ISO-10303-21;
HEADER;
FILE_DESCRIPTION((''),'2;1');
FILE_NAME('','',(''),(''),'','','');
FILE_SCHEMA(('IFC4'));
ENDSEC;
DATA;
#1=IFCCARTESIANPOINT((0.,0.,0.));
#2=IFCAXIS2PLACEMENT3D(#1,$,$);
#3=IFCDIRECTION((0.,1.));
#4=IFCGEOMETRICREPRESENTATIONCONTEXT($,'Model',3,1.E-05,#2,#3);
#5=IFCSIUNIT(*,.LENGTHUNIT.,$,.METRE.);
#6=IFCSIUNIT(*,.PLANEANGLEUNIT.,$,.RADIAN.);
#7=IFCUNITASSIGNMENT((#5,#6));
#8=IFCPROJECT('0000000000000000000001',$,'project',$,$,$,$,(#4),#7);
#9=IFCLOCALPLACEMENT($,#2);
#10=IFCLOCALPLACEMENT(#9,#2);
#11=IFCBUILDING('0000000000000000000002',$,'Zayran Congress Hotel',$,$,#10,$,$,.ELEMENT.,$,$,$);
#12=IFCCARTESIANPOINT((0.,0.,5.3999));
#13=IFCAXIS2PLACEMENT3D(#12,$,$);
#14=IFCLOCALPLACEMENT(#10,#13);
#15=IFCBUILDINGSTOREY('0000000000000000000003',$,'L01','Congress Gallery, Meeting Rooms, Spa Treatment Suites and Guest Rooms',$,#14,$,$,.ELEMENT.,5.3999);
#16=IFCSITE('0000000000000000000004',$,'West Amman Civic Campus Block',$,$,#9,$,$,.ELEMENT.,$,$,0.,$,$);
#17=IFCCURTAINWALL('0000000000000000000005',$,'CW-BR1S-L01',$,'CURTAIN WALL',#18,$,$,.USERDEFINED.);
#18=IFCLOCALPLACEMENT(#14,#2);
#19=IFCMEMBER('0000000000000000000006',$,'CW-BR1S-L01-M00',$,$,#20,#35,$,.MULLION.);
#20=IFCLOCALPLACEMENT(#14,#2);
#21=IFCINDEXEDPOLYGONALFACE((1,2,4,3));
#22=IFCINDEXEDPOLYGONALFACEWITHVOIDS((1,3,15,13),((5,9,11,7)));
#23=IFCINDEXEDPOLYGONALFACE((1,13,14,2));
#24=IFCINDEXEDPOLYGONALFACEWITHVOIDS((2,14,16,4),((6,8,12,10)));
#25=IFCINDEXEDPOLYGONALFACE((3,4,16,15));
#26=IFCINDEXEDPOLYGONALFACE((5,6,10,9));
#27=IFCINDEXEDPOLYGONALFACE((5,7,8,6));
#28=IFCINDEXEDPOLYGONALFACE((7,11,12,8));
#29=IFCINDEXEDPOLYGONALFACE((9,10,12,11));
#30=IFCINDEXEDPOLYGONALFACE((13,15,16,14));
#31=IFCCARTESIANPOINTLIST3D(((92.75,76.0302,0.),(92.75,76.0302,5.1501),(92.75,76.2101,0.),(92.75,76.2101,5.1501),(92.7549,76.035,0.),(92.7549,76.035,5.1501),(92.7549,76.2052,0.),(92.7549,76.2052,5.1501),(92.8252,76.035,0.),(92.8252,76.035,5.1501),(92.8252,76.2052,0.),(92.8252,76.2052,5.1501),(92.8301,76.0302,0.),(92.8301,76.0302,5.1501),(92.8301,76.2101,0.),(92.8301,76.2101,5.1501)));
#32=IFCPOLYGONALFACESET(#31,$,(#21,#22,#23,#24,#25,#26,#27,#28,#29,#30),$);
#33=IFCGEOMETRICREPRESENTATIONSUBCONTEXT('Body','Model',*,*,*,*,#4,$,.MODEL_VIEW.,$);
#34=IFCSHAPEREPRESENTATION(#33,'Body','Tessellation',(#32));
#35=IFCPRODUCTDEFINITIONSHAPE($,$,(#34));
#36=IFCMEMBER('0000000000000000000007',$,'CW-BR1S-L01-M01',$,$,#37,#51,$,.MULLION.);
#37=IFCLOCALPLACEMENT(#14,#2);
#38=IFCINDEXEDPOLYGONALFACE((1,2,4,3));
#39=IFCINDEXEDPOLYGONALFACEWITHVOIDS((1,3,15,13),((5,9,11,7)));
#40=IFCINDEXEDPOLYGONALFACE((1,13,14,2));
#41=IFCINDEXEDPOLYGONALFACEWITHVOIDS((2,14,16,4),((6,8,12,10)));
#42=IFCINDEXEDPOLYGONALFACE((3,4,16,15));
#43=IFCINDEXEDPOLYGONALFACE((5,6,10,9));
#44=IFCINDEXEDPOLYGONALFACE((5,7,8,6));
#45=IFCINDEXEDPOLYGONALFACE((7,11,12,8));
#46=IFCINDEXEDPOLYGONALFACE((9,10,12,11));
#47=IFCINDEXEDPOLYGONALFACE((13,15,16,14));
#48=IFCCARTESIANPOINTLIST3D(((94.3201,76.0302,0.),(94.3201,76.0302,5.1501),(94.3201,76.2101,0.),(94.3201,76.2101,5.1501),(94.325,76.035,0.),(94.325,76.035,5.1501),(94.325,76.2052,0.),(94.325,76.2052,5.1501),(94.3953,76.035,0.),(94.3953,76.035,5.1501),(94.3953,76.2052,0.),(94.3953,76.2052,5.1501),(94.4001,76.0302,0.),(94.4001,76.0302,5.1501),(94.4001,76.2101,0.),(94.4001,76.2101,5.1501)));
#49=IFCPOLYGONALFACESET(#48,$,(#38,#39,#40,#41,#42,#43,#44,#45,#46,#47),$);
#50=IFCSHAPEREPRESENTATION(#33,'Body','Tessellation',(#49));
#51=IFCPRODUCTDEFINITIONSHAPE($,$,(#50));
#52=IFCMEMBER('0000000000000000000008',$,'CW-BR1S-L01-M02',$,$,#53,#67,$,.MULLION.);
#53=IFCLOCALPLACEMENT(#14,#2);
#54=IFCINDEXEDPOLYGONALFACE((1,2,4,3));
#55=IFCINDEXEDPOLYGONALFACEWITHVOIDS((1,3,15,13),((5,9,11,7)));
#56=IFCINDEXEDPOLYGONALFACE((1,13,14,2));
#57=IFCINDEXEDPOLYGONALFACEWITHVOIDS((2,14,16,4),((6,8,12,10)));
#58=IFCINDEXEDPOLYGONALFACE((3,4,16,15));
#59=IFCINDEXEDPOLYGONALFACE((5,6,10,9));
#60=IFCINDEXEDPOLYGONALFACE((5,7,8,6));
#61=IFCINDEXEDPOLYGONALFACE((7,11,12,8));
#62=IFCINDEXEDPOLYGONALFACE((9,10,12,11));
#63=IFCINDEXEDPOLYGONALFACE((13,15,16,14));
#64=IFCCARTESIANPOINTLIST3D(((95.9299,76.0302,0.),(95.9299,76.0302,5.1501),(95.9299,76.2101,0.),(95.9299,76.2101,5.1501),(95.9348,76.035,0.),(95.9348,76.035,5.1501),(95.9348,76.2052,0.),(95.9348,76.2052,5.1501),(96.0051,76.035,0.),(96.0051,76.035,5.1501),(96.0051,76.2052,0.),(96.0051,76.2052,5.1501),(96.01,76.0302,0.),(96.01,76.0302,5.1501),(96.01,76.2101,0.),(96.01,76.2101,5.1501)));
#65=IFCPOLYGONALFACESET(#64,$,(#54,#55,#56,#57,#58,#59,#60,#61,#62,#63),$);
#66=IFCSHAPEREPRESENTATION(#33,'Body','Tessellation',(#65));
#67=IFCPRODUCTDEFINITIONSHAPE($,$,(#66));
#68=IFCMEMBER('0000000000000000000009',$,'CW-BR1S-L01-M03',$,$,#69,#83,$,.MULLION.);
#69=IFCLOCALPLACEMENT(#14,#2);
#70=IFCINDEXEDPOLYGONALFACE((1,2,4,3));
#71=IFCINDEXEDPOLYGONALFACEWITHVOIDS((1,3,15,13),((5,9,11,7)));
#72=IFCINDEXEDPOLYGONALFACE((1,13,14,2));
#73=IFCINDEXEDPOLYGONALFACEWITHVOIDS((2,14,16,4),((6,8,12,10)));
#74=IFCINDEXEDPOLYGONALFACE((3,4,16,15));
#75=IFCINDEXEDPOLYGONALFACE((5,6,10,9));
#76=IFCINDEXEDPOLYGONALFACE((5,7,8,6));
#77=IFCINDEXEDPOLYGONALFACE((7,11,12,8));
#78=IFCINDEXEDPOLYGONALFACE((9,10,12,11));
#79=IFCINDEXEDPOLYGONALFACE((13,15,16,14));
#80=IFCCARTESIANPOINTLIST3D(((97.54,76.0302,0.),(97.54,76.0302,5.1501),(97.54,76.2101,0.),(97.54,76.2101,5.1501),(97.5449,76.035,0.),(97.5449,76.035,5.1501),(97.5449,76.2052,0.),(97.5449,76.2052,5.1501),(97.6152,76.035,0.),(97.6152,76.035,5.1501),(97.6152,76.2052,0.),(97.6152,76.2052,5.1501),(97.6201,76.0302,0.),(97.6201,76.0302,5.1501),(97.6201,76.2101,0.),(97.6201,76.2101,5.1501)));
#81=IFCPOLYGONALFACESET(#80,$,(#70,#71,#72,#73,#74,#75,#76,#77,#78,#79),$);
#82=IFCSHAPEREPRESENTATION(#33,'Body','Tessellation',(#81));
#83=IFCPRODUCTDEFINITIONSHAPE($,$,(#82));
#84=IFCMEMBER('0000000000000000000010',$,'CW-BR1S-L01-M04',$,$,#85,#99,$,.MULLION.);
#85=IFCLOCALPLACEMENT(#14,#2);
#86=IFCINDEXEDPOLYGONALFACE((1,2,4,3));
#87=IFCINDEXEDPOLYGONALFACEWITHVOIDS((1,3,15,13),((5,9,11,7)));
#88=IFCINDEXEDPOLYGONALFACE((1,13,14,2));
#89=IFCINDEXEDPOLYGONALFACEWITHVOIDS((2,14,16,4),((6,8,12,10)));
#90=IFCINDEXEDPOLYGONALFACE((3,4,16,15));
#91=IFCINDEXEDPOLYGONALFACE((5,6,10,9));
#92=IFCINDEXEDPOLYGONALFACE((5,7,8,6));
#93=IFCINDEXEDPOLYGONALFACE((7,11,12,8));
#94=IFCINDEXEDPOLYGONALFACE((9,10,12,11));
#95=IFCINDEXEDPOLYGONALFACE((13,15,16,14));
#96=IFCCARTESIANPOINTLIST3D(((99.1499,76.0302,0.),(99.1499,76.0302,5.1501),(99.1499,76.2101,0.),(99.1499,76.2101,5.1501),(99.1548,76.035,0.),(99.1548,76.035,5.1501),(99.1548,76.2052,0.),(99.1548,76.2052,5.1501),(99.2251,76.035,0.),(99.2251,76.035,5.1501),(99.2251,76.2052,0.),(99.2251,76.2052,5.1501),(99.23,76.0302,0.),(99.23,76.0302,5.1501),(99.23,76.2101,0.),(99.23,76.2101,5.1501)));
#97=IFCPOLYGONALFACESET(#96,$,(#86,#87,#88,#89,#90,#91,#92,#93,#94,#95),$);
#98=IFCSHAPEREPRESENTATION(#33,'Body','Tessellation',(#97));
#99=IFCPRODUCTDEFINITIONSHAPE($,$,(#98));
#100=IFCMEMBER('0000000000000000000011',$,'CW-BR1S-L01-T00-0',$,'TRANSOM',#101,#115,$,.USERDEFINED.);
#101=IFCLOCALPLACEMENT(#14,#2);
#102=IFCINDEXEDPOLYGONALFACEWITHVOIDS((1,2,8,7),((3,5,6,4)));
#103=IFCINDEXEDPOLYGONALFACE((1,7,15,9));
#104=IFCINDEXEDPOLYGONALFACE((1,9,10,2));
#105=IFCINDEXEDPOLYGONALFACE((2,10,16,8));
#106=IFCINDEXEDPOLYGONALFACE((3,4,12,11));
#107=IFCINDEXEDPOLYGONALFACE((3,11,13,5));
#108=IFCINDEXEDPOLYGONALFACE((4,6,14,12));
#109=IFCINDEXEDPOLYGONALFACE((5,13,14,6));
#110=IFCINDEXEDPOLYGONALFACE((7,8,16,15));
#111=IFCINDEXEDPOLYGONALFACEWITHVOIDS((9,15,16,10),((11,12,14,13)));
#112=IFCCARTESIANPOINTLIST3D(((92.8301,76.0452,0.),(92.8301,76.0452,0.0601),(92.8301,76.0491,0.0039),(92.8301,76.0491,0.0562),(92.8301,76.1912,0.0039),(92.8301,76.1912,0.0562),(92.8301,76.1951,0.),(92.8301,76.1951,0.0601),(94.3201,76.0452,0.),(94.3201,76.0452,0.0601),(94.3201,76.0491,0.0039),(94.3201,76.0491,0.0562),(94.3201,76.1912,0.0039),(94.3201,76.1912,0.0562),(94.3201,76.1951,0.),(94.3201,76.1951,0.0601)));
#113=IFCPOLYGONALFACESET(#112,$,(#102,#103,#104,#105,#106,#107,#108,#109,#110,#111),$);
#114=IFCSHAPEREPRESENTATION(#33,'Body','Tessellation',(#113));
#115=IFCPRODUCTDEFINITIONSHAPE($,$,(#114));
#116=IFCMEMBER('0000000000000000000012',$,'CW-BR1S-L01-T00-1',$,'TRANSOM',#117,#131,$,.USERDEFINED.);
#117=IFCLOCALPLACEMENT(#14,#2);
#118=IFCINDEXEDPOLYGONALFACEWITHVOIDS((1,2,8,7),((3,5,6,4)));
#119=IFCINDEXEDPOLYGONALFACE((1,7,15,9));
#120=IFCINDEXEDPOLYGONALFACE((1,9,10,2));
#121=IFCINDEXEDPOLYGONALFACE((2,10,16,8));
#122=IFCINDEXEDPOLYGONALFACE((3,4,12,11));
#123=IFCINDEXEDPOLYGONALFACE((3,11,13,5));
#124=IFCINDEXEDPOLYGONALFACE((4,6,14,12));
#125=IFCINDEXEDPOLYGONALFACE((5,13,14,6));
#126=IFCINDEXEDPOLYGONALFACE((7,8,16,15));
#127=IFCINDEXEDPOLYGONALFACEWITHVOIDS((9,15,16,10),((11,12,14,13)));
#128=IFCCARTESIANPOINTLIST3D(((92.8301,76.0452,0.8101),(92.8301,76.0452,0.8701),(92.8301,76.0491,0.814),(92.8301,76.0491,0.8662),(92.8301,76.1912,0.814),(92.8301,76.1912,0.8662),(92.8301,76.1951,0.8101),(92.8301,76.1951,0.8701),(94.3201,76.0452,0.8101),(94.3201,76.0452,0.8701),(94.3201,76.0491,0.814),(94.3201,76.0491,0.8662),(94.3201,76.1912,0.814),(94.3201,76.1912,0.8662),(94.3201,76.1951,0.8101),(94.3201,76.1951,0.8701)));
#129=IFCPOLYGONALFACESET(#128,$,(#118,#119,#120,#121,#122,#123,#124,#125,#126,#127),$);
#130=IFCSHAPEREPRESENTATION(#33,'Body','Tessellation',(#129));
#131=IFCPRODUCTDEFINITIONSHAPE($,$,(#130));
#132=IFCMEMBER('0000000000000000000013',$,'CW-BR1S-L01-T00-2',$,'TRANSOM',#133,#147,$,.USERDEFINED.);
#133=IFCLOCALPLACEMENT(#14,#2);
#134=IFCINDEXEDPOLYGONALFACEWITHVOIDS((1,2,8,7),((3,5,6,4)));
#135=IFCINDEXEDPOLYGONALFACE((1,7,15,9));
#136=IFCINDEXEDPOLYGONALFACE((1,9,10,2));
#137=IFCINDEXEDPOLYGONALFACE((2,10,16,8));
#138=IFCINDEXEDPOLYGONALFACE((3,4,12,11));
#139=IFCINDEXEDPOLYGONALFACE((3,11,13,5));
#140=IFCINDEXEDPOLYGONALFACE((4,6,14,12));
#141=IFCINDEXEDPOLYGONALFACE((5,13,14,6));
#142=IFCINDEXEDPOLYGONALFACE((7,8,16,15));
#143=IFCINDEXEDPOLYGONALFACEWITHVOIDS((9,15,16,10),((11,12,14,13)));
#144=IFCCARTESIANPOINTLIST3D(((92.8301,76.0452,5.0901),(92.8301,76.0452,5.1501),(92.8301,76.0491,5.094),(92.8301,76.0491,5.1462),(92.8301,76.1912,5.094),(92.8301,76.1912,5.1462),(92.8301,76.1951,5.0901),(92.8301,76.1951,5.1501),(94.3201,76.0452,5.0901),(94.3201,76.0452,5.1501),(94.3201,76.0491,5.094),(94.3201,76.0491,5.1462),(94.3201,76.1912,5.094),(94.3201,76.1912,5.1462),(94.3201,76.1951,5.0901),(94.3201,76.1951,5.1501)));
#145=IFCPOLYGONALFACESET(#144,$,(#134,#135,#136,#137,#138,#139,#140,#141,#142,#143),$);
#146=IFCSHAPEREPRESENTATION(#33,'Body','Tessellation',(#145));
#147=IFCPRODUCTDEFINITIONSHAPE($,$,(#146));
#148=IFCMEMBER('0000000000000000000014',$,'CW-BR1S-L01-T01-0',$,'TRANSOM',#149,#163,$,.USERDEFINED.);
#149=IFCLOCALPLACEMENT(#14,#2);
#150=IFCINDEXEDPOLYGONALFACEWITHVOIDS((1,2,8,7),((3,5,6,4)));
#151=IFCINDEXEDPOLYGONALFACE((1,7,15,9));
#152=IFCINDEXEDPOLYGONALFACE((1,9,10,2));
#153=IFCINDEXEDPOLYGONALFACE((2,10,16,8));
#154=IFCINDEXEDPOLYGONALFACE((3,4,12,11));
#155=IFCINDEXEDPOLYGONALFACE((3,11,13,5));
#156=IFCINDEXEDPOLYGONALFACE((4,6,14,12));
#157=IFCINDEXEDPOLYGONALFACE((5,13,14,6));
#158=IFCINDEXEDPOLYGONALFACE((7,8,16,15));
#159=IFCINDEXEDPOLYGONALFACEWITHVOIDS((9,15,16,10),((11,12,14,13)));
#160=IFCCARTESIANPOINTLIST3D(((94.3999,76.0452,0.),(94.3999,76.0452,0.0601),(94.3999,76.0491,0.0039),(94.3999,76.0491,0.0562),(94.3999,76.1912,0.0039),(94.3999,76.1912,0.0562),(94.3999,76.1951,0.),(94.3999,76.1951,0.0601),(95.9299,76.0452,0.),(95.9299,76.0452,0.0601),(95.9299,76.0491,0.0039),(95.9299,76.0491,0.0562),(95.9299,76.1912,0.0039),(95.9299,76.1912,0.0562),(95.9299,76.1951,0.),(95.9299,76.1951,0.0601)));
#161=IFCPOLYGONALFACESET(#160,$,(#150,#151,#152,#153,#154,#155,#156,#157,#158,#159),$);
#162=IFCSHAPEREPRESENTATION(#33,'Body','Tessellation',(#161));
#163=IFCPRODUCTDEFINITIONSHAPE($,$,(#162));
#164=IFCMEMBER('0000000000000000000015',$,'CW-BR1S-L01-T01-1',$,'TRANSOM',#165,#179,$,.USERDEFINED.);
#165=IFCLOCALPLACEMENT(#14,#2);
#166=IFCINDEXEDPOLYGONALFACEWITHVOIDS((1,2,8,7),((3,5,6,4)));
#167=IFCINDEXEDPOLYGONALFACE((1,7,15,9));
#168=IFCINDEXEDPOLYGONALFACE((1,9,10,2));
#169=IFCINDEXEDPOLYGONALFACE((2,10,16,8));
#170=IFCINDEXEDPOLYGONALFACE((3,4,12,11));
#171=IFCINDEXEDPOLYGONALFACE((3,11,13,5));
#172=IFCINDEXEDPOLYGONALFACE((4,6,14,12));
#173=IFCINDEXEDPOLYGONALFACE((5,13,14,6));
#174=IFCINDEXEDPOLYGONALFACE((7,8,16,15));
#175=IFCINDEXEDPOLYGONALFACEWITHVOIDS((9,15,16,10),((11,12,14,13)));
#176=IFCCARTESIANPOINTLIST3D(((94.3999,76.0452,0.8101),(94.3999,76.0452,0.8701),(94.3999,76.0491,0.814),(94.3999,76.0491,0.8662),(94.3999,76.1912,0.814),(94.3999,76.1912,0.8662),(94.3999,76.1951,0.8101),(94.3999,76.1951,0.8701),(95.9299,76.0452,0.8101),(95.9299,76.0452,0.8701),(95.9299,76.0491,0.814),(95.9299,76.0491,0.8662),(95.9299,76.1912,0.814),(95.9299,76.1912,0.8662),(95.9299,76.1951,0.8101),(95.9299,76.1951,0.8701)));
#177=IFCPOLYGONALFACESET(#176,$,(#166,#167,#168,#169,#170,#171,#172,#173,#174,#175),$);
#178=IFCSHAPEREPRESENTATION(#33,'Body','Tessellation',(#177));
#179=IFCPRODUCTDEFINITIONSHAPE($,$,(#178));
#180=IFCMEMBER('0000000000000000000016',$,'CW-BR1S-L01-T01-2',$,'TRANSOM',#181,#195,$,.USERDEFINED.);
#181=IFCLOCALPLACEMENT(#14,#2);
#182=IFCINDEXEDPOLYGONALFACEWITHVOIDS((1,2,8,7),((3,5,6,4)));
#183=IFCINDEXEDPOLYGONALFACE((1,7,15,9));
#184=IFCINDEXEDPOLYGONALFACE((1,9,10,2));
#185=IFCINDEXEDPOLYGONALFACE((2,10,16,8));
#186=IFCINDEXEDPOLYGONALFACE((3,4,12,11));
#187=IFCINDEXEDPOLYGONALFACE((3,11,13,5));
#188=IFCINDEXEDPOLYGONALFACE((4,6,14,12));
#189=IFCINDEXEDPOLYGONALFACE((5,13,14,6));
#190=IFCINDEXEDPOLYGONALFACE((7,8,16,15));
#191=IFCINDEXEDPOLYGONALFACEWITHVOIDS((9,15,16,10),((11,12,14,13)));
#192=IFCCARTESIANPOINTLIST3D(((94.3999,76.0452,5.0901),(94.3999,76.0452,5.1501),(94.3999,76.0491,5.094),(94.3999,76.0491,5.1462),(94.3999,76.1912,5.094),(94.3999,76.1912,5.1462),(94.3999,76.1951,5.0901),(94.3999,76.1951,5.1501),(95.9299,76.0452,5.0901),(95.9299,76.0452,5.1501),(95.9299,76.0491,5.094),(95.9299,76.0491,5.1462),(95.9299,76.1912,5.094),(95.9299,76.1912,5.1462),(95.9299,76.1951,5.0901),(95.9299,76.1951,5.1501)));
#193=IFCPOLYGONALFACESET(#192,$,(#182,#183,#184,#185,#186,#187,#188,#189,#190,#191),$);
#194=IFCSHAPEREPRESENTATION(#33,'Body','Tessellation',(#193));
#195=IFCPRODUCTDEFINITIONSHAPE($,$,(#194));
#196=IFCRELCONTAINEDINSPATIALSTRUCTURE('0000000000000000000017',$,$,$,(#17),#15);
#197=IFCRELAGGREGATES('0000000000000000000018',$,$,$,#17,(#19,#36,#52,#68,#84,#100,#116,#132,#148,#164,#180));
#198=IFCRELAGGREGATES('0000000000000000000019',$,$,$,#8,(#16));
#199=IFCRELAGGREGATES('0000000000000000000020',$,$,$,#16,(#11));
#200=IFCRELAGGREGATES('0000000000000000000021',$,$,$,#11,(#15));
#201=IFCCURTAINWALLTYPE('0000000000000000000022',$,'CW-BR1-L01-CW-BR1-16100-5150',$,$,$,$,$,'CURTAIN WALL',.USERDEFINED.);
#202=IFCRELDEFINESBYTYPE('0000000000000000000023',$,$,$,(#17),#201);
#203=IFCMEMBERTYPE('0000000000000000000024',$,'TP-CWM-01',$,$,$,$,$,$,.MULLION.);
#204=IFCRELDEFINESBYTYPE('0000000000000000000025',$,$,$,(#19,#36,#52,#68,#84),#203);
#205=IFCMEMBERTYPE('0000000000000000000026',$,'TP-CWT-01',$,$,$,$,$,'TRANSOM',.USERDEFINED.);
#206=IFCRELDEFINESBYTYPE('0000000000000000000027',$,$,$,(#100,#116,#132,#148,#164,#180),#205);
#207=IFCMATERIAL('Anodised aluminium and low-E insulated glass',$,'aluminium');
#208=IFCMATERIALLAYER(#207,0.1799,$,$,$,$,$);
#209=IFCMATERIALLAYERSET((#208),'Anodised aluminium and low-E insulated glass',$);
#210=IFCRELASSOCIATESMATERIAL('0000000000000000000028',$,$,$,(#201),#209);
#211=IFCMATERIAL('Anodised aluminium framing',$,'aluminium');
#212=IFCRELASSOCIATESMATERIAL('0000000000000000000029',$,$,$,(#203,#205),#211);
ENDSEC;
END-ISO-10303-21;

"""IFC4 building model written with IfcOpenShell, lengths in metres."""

from ifc_helpers import new_model, si_unit, direction, frame, origin, origin_2d, place, context, subcontext, project, spatial, hollow_rectangle, extrude, material, layer, layer_set, material_profile, profile_set, type_object, element, aggregate, save


model = new_model("IFC4")

# Units and contexts
model_context = context("Model", 3, precision=1e-05, world=origin(), true_north=direction((0.0, 1.0)))
body_context = subcontext(model_context, "Body", "Model", "MODEL_VIEW")
ifc_project = project(units=[si_unit("LENGTHUNIT", "METRE"), si_unit("PLANEANGLEUNIT", "RADIAN")], contexts=[model_context])

# Site, building, storey
site_placement = place(None, origin())
site = spatial("IfcSite", under=ifc_project, at=site_placement, Name="West Amman Civic Campus Block", CompositionType="ELEMENT", RefElevation=0.0)
building_placement = place(site_placement, origin())
building = spatial("IfcBuilding", under=site, at=building_placement, Name="Zayran Congress Hotel", CompositionType="ELEMENT")
storey_placement = place(building_placement, frame((0.0, 0.0, 5.3999)))
storey = spatial("IfcBuildingStorey", under=building, at=storey_placement, Name="L01", Description="Congress Gallery, Meeting Rooms, Spa Treatment Suites and Guest Rooms", CompositionType="ELEMENT", Elevation=5.3999)

# Curtain wall, members
ifc_material_1 = material(Name="Anodised aluminium and low-E insulated glass", Category="aluminium")
ifc_layer_1 = layer(ifc_material_1, 0.1799)
ifc_layer_set_1 = layer_set([ifc_layer_1], Name="Anodised aluminium and low-E insulated glass")
curtain_wall_type = type_object("IfcCurtainWallType", Name="CW-BR1-L01-CW-BR1-16100-5150", ElementType="CURTAIN WALL", PredefinedType="USERDEFINED", material=ifc_layer_set_1)
curtain_wall_placement = place(storey_placement, origin())
curtain_wall = element("IfcCurtainWall", 1, at=curtain_wall_placement, inside=storey, type_object=curtain_wall_type, Name="CW-BR1S-L01", ObjectType="CURTAIN WALL", PredefinedType="USERDEFINED")
ifc_material_2 = material(Name="Anodised aluminium framing", Category="aluminium")
ifc_material_profile_1 = material_profile(ifc_material_2, hollow_rectangle(XDim=0.0801, YDim=0.1799, WallThickness=0.0049, at=origin_2d()), Name="RHS 180x80x5")
ifc_profile_set_1 = profile_set([ifc_material_profile_1], Name="Anodised aluminium framing")
member_type_1 = type_object("IfcMemberType", Name="TP-CWM-01", PredefinedType="MULLION", material=ifc_profile_set_1)
member_1_placement = place(storey_placement, frame((92.79, 76.1201, 0.0), z_axis=(0.0, 0.0, 1.0), x_axis=(1.0, 0.0, 0.0)))
member_1 = element("IfcMember", 2, at=member_1_placement, type_object=member_type_1, Name="CW-BR1S-L01-M00", PredefinedType="MULLION", context=body_context, shape_type="SweptSolid", body=[
    extrude(hollow_rectangle(XDim=0.0801, YDim=0.1799, WallThickness=0.0049, at=origin_2d()), origin(), (0.0, 0.0, 1.0), 5.1501),
])
member_2_placement = place(storey_placement, frame((94.3601, 76.1201, 0.0), z_axis=(0.0, 0.0, 1.0), x_axis=(1.0, 0.0, 0.0)))
member_2 = element("IfcMember", 3, at=member_2_placement, type_object=member_type_1, Name="CW-BR1S-L01-M01", PredefinedType="MULLION", context=body_context, shape_type="SweptSolid", body=[
    extrude(hollow_rectangle(XDim=0.0801, YDim=0.1799, WallThickness=0.0049, at=origin_2d()), origin(), (0.0, 0.0, 1.0), 5.1501),
])
member_3_placement = place(storey_placement, frame((95.97, 76.1201, 0.0), z_axis=(0.0, 0.0, 1.0), x_axis=(1.0, 0.0, 0.0)))
member_3 = element("IfcMember", 4, at=member_3_placement, type_object=member_type_1, Name="CW-BR1S-L01-M02", PredefinedType="MULLION", context=body_context, shape_type="SweptSolid", body=[
    extrude(hollow_rectangle(XDim=0.0801, YDim=0.1799, WallThickness=0.0049, at=origin_2d()), origin(), (0.0, 0.0, 1.0), 5.1501),
])
member_4_placement = place(storey_placement, frame((97.5801, 76.1201, 0.0), z_axis=(0.0, 0.0, 1.0), x_axis=(1.0, 0.0, 0.0)))
member_4 = element("IfcMember", 5, at=member_4_placement, type_object=member_type_1, Name="CW-BR1S-L01-M03", PredefinedType="MULLION", context=body_context, shape_type="SweptSolid", body=[
    extrude(hollow_rectangle(XDim=0.0801, YDim=0.1799, WallThickness=0.0049, at=origin_2d()), origin(), (0.0, 0.0, 1.0), 5.1501),
])
member_5_placement = place(storey_placement, frame((99.1899, 76.1201, 0.0), z_axis=(0.0, 0.0, 1.0), x_axis=(1.0, 0.0, 0.0)))
member_5 = element("IfcMember", 6, at=member_5_placement, type_object=member_type_1, Name="CW-BR1S-L01-M04", PredefinedType="MULLION", context=body_context, shape_type="SweptSolid", body=[
    extrude(hollow_rectangle(XDim=0.0801, YDim=0.1799, WallThickness=0.0049, at=origin_2d()), origin(), (0.0, 0.0, 1.0), 5.1501),
])
ifc_material_profile_2 = material_profile(ifc_material_2, hollow_rectangle(XDim=0.0601, YDim=0.1499, WallThickness=0.0039, at=origin_2d()), Name="RHS 150x60x4")
ifc_profile_set_2 = profile_set([ifc_material_profile_2], Name="Anodised aluminium framing")
member_type_2 = type_object("IfcMemberType", Name="TP-CWT-01", ElementType="TRANSOM", PredefinedType="USERDEFINED", material=ifc_profile_set_2)
member_6_placement = place(storey_placement, frame((92.8301, 76.1201, 0.03), z_axis=(1.0, 0.0, 0.0), x_axis=(0.0, 0.0, 1.0)))
member_6 = element("IfcMember", 7, at=member_6_placement, type_object=member_type_2, Name="CW-BR1S-L01-T00-0", ObjectType="TRANSOM", PredefinedType="USERDEFINED", context=body_context, shape_type="SweptSolid", body=[
    extrude(hollow_rectangle(XDim=0.0601, YDim=0.1499, WallThickness=0.0039, at=origin_2d()), origin(), (0.0, 0.0, 1.0), 1.49),
])
member_7_placement = place(storey_placement, frame((92.8301, 76.1201, 0.8401), z_axis=(1.0, 0.0, 0.0), x_axis=(0.0, 0.0, 1.0)))
member_7 = element("IfcMember", 8, at=member_7_placement, type_object=member_type_2, Name="CW-BR1S-L01-T00-1", ObjectType="TRANSOM", PredefinedType="USERDEFINED", context=body_context, shape_type="SweptSolid", body=[
    extrude(hollow_rectangle(XDim=0.0601, YDim=0.1499, WallThickness=0.0039, at=origin_2d()), origin(), (0.0, 0.0, 1.0), 1.49),
])
member_8_placement = place(storey_placement, frame((92.8301, 76.1201, 5.1201), z_axis=(1.0, 0.0, 0.0), x_axis=(0.0, 0.0, 1.0)))
member_8 = element("IfcMember", 9, at=member_8_placement, type_object=member_type_2, Name="CW-BR1S-L01-T00-2", ObjectType="TRANSOM", PredefinedType="USERDEFINED", context=body_context, shape_type="SweptSolid", body=[
    extrude(hollow_rectangle(XDim=0.0601, YDim=0.1499, WallThickness=0.0039, at=origin_2d()), origin(), (0.0, 0.0, 1.0), 1.49),
])
member_9_placement = place(storey_placement, frame((94.3999, 76.1201, 0.03), z_axis=(1.0, 0.0, 0.0), x_axis=(0.0, 0.0, 1.0)))
member_9 = element("IfcMember", 10, at=member_9_placement, type_object=member_type_2, Name="CW-BR1S-L01-T01-0", ObjectType="TRANSOM", PredefinedType="USERDEFINED", context=body_context, shape_type="SweptSolid", body=[
    extrude(hollow_rectangle(XDim=0.0601, YDim=0.1499, WallThickness=0.0039, at=origin_2d()), origin(), (0.0, 0.0, 1.0), 1.53),
])
member_10_placement = place(storey_placement, frame((94.3999, 76.1201, 0.8401), z_axis=(1.0, 0.0, 0.0), x_axis=(0.0, 0.0, 1.0)))
member_10 = element("IfcMember", 11, at=member_10_placement, type_object=member_type_2, Name="CW-BR1S-L01-T01-1", ObjectType="TRANSOM", PredefinedType="USERDEFINED", context=body_context, shape_type="SweptSolid", body=[
    extrude(hollow_rectangle(XDim=0.0601, YDim=0.1499, WallThickness=0.0039, at=origin_2d()), origin(), (0.0, 0.0, 1.0), 1.53),
])
member_11_placement = place(storey_placement, frame((94.3999, 76.1201, 5.1201), z_axis=(1.0, 0.0, 0.0), x_axis=(0.0, 0.0, 1.0)))
member_11 = element("IfcMember", 12, at=member_11_placement, type_object=member_type_2, Name="CW-BR1S-L01-T01-2", ObjectType="TRANSOM", PredefinedType="USERDEFINED", context=body_context, shape_type="SweptSolid", body=[
    extrude(hollow_rectangle(XDim=0.0601, YDim=0.1499, WallThickness=0.0039, at=origin_2d()), origin(), (0.0, 0.0, 1.0), 1.53),
])
aggregate(curtain_wall, [member_1, member_2, member_3, member_4, member_5, member_6, member_7, member_8, member_9, member_10, member_11])

save(model, "model.ifc")
